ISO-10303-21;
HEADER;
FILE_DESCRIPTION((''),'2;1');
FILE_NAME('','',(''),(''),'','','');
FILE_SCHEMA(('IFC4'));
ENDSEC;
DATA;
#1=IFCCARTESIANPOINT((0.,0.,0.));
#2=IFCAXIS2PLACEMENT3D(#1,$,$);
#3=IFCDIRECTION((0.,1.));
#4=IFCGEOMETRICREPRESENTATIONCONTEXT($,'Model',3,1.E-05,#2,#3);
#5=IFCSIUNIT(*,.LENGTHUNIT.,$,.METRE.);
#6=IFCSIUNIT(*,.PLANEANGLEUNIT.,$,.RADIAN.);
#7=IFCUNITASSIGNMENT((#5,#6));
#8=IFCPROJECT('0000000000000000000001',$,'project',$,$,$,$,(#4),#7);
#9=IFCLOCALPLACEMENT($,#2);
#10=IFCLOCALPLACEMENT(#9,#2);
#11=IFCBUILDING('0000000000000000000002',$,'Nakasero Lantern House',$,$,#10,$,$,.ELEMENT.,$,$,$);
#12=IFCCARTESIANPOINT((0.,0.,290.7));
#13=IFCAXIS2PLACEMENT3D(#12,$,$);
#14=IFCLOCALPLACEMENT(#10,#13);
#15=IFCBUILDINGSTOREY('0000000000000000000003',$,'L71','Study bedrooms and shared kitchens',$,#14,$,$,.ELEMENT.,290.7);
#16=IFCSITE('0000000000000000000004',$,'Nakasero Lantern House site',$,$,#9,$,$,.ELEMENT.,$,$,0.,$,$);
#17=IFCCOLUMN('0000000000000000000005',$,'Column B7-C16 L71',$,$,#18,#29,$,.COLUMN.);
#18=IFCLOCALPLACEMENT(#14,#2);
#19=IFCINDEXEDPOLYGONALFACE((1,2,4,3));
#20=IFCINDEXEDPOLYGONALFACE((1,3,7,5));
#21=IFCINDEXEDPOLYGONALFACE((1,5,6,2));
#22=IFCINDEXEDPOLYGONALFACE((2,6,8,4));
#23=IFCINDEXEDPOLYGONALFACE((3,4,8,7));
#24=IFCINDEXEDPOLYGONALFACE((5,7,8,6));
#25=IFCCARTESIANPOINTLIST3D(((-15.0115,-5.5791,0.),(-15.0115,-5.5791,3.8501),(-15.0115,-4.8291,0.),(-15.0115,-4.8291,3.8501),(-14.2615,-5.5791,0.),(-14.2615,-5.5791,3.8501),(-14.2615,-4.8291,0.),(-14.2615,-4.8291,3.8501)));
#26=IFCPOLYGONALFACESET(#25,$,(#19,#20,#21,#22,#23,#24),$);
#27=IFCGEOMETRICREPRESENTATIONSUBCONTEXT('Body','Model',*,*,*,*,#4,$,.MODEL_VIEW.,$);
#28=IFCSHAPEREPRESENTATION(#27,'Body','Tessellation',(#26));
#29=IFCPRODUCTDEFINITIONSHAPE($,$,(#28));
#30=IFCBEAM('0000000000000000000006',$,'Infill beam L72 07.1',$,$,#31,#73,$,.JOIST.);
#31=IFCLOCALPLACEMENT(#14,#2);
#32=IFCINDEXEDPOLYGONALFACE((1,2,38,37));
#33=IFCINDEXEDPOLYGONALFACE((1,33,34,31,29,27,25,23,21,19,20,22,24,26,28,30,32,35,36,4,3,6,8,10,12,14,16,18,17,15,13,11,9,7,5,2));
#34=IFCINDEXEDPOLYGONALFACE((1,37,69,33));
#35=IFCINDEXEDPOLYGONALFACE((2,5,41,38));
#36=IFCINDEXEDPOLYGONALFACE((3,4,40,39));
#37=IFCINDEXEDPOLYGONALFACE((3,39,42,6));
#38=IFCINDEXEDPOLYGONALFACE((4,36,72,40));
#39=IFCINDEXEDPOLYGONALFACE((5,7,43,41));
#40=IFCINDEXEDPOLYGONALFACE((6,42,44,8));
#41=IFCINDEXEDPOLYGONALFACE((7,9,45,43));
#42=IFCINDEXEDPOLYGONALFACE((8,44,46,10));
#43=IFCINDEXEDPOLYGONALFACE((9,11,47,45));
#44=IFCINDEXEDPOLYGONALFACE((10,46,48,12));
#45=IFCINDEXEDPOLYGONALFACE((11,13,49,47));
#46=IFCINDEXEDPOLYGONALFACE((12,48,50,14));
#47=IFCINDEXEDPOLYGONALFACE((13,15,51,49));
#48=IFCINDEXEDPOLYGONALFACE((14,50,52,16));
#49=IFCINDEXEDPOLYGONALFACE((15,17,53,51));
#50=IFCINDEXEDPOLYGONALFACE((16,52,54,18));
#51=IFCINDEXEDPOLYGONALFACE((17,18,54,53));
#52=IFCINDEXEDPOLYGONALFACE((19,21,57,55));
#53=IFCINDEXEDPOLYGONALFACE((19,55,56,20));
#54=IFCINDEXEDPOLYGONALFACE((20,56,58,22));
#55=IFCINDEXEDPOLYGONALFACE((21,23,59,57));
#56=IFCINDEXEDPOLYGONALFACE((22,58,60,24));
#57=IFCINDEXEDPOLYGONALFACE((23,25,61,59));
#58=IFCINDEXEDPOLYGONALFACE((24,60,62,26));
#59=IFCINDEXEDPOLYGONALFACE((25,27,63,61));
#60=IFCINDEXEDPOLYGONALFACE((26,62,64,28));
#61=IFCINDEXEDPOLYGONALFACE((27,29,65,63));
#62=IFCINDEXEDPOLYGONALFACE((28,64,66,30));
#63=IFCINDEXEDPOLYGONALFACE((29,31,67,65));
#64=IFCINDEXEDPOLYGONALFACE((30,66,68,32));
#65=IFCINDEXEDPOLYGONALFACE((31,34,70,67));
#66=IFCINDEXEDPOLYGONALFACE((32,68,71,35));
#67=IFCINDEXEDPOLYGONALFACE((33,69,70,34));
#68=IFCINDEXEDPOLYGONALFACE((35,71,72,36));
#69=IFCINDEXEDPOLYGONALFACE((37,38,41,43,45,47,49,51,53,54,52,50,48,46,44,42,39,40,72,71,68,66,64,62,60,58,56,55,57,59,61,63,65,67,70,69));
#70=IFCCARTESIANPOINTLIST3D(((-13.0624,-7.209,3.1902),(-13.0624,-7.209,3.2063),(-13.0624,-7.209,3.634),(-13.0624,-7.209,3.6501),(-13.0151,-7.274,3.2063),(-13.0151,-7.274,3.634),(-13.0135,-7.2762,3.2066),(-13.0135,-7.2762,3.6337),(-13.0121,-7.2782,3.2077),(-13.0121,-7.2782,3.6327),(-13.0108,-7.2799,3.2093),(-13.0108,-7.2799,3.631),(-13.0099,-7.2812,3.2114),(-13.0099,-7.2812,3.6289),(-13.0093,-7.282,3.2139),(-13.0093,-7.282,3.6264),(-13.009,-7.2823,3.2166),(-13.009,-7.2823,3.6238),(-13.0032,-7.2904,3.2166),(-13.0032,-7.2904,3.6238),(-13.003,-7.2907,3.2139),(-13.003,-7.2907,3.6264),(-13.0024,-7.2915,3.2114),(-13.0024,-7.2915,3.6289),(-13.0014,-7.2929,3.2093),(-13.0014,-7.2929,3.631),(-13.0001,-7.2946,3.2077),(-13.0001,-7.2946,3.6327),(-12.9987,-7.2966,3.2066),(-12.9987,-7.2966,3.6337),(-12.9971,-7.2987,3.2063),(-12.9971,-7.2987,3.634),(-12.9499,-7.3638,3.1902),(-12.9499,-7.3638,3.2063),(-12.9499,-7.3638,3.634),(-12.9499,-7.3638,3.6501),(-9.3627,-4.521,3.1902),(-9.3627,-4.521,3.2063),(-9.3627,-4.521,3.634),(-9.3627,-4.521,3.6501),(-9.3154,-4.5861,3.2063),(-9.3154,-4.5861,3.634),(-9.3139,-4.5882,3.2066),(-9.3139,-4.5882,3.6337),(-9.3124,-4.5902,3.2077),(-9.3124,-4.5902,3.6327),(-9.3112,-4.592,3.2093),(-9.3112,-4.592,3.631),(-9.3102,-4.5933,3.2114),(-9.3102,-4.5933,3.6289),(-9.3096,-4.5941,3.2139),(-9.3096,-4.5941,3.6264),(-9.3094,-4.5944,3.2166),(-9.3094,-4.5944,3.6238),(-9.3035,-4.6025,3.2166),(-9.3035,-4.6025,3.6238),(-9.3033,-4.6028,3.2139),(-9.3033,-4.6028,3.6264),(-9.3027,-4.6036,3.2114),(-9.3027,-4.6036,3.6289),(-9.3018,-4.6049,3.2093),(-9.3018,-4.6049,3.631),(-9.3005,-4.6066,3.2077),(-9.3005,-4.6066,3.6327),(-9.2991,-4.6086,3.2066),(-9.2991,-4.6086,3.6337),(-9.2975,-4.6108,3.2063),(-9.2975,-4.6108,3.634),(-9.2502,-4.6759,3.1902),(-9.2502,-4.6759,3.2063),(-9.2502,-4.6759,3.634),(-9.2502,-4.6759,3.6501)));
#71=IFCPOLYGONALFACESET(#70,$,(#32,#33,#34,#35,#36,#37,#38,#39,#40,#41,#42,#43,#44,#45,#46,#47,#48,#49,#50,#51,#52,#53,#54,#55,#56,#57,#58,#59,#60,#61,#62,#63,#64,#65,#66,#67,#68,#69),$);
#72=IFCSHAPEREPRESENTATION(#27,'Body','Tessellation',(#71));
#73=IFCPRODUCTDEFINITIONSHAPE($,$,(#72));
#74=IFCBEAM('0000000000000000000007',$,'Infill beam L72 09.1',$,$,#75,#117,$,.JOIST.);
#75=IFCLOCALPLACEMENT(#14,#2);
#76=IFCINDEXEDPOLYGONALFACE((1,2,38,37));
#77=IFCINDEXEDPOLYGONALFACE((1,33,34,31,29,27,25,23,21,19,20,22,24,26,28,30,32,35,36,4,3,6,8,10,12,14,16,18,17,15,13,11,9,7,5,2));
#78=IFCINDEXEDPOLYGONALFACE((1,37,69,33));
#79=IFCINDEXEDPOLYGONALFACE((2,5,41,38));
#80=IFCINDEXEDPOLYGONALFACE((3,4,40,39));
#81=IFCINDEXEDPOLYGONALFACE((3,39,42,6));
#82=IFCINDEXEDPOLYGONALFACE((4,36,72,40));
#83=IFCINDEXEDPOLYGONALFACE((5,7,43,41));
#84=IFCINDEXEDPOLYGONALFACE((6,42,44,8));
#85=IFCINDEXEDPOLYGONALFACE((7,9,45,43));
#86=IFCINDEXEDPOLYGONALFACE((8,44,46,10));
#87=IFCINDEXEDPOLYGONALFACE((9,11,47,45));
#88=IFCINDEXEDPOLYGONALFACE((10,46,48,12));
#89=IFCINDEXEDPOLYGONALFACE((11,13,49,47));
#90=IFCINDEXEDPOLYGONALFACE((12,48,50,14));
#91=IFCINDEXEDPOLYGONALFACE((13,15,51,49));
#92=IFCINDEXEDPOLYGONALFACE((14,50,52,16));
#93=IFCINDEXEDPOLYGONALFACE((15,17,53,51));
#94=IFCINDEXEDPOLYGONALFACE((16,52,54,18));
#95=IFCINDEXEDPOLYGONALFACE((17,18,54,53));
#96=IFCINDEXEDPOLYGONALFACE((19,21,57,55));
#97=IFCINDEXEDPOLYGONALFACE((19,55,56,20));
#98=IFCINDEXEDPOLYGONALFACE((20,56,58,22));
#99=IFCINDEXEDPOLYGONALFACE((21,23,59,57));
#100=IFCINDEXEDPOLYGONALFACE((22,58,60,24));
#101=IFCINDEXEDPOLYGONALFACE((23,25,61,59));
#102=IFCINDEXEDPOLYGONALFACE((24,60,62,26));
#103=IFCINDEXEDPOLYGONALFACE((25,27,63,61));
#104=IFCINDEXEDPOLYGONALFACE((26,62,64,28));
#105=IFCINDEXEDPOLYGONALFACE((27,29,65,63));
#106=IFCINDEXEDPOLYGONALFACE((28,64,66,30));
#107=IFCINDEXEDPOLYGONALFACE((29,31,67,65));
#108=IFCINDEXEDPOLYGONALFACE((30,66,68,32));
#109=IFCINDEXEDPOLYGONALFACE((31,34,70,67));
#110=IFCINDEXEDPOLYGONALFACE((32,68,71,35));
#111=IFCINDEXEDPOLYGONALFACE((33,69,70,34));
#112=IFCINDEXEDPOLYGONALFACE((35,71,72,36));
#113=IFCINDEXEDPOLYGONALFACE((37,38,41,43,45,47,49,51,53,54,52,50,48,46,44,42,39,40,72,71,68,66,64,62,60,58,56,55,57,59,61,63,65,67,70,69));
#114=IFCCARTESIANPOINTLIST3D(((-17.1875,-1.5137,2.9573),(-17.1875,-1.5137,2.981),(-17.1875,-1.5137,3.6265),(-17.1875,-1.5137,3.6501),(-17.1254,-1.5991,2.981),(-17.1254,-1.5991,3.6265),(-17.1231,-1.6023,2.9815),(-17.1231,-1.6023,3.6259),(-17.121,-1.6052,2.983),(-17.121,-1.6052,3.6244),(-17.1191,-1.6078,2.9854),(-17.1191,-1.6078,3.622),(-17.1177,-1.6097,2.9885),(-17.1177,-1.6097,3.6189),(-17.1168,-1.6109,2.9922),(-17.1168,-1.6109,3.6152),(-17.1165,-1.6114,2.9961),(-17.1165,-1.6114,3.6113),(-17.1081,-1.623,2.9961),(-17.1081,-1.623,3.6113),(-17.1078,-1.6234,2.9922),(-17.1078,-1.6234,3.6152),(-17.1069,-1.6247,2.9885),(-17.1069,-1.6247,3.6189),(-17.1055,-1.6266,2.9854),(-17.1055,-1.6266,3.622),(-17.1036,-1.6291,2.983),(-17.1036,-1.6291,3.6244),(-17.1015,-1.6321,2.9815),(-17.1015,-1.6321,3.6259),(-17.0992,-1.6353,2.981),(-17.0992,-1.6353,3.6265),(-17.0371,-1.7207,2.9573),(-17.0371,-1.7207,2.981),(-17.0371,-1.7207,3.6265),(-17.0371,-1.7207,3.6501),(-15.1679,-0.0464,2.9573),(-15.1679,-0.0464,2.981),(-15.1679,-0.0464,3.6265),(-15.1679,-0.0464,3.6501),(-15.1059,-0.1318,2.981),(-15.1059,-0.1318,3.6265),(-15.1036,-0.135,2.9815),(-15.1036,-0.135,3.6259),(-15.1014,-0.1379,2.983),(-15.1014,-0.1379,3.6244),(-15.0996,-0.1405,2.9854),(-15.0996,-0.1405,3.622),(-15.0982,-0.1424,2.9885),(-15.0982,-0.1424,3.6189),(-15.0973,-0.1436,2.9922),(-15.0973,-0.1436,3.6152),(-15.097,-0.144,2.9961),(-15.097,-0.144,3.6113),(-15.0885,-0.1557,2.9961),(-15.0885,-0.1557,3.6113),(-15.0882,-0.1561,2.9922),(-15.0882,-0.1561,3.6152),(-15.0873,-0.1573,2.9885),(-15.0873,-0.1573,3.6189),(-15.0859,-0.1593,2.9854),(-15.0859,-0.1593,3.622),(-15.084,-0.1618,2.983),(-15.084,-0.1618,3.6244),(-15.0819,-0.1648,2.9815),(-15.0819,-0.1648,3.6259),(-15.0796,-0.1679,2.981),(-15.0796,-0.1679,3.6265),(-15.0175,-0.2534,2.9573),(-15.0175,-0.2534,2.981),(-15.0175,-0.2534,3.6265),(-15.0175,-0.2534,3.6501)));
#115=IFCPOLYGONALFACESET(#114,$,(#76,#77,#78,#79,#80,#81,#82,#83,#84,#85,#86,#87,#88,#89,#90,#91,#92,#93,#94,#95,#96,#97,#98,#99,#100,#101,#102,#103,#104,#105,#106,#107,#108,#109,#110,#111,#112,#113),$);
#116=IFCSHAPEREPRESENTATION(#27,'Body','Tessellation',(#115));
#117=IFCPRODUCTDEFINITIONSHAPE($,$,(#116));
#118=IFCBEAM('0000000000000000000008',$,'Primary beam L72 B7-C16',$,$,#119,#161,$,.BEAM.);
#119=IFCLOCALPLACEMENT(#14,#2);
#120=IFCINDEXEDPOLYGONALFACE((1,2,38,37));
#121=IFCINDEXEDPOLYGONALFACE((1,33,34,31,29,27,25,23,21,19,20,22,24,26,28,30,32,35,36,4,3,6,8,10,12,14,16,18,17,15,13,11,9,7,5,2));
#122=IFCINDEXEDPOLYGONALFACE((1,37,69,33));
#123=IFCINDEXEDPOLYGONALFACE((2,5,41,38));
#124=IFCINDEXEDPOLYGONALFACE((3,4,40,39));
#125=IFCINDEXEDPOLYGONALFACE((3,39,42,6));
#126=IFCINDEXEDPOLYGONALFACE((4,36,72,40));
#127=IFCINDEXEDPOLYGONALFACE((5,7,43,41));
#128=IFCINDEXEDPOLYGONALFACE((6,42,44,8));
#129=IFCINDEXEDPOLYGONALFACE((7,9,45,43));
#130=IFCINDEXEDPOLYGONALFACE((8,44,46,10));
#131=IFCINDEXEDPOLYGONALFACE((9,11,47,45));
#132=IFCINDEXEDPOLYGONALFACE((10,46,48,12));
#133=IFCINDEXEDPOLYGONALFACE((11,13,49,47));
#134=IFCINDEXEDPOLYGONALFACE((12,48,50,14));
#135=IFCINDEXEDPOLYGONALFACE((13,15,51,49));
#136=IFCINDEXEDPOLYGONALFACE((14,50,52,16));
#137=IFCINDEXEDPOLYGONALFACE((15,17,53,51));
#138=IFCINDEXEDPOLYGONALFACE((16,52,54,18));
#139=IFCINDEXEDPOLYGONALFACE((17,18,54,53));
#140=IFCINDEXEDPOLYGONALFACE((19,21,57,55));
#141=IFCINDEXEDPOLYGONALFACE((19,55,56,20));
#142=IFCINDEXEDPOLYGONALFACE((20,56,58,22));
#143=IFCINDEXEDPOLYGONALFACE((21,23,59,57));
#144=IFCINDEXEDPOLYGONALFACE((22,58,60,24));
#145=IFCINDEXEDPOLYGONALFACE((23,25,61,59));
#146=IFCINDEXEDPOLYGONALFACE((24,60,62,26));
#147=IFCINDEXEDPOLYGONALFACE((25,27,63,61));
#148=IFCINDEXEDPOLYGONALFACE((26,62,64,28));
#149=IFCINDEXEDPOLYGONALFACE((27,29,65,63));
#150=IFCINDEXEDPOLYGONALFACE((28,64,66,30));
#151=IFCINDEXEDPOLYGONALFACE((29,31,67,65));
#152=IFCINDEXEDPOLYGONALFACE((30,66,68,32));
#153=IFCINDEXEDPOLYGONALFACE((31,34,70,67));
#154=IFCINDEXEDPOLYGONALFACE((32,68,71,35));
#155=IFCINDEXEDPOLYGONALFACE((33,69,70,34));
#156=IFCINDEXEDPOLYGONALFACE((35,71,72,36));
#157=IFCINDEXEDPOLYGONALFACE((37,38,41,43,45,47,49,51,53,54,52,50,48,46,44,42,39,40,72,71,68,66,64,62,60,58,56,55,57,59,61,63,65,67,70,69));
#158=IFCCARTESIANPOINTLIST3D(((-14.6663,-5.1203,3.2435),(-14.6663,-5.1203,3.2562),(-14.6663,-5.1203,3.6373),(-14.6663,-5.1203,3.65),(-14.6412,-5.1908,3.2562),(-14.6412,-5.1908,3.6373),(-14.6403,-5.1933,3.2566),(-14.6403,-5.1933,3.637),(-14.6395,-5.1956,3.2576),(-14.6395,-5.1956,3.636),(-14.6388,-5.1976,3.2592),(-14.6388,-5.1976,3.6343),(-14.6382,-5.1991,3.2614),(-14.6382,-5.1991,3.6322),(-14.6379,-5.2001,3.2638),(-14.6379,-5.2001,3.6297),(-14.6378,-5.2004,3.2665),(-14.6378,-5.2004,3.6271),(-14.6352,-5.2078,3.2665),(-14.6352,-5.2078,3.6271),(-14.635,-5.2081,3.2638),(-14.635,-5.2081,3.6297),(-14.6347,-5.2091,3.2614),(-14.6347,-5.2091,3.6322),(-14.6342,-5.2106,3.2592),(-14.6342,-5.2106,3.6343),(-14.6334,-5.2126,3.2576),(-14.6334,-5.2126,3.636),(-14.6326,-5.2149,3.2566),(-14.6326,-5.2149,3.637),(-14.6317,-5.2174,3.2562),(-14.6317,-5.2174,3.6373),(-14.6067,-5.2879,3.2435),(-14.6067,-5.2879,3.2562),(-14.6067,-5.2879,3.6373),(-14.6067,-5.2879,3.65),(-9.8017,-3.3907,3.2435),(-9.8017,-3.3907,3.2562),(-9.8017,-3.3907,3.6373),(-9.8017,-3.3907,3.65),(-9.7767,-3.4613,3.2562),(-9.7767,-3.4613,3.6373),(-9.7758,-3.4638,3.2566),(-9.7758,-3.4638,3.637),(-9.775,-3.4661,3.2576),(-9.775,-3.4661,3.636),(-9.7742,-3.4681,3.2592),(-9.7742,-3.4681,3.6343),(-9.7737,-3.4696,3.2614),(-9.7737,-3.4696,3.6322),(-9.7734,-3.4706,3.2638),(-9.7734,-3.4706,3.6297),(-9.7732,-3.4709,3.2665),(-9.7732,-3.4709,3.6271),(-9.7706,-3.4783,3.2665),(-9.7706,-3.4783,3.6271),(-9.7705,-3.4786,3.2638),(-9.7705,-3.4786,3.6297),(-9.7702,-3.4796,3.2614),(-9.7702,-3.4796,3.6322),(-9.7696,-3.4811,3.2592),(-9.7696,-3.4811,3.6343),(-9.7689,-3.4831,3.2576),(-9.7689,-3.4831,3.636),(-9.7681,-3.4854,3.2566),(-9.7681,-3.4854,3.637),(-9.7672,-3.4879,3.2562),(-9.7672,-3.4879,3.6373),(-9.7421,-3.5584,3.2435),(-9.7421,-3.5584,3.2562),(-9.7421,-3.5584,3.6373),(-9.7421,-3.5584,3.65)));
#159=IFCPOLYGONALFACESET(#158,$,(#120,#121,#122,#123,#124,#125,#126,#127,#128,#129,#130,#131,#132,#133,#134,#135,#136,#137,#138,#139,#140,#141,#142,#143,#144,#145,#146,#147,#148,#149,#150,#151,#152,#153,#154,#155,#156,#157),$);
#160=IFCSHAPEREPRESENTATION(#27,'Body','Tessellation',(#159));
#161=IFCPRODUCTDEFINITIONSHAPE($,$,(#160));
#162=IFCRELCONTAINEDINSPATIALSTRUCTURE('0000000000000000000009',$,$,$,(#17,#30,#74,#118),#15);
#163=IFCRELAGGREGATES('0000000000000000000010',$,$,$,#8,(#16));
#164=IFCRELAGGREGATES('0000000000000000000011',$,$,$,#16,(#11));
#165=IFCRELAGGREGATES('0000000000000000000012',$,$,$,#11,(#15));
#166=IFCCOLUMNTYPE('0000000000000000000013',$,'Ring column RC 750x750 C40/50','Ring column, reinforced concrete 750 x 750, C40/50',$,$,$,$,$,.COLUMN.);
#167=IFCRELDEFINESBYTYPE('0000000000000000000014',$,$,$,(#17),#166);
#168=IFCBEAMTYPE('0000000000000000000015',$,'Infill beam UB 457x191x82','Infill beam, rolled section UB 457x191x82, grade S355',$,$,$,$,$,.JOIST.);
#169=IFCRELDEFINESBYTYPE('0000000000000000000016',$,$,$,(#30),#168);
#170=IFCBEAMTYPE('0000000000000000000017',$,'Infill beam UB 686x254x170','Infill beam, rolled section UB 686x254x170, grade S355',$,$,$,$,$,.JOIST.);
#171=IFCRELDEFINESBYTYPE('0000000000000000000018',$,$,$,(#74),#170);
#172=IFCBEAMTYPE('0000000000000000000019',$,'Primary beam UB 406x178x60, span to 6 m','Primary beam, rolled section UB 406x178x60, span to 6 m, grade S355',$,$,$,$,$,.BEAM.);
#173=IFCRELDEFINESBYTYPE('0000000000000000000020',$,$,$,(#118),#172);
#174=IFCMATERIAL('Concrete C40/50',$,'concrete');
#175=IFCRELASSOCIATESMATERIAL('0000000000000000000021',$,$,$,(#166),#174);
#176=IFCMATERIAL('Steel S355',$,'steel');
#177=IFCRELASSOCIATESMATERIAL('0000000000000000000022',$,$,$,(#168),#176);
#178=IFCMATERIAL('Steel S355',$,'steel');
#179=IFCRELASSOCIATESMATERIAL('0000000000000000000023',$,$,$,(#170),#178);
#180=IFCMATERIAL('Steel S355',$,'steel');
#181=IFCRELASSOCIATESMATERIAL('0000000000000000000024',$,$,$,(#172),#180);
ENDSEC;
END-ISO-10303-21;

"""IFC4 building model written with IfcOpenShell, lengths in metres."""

from ifc_helpers import new_model, si_unit, direction, frame, origin, origin_2d, place, context, subcontext, project, spatial, rectangle, i_section, extrude, material, material_profile, profile_set, type_object, element, save


model = new_model("IFC4")

# Units and contexts
model_context = context("Model", 3, precision=1e-05, world=origin(), true_north=direction((0.0, 1.0)))
body_context = subcontext(model_context, "Body", "Model", "MODEL_VIEW")
ifc_project = project(units=[si_unit("LENGTHUNIT", "METRE"), si_unit("PLANEANGLEUNIT", "RADIAN")], contexts=[model_context])

# Site, building, storey
site_placement = place(None, origin())
site = spatial("IfcSite", under=ifc_project, at=site_placement, Name="Nakasero Lantern House site", CompositionType="ELEMENT", RefElevation=0.0)
building_placement = place(site_placement, origin())
building = spatial("IfcBuilding", under=site, at=building_placement, Name="Nakasero Lantern House", CompositionType="ELEMENT")
storey_placement = place(building_placement, frame((0.0, 0.0, 290.7)))
storey = spatial("IfcBuildingStorey", under=building, at=storey_placement, Name="L71", Description="Study bedrooms and shared kitchens", CompositionType="ELEMENT", Elevation=290.7)

# Column
ifc_material_1 = material(Name="Concrete C40/50", Category="concrete")
ifc_material_profile_1 = material_profile(ifc_material_1, rectangle(XDim=0.75, YDim=0.75, at=origin_2d()), Name="RC 750x750")
ifc_profile_set_1 = profile_set([ifc_material_profile_1], Name="Concrete C40/50")
column_type = type_object("IfcColumnType", Name="Ring column RC 750x750 C40/50", Description="Ring column, reinforced concrete 750 x 750, C40/50", PredefinedType="COLUMN", material=ifc_profile_set_1)
column_placement = place(storey_placement, frame((-14.6365, -5.2041, 0.0), z_axis=(0.0, 0.0, 1.0), x_axis=(1.0, 0.0, 0.0)))
element("IfcColumn", 1, at=column_placement, inside=storey, type_object=column_type, Name="Column B7-C16 L71", PredefinedType="COLUMN", context=body_context, shape_type="SweptSolid", body=[
    extrude(rectangle(XDim=0.75, YDim=0.75, at=origin_2d()), origin(), (0.0, 0.0, 1.0), 3.8501),
])

# Beams
ifc_material_2 = material(Name="Steel S355", Category="steel")
ifc_material_profile_2 = material_profile(ifc_material_2, i_section(OverallWidth=0.1914, OverallDepth=0.46, WebThickness=0.01, FlangeThickness=0.0161, FilletRadius=0.0103, at=origin_2d()), Name="UB 457x191x82")
ifc_profile_set_2 = profile_set([ifc_material_profile_2], Name="Steel S355")
beam_type_1 = type_object("IfcBeamType", Name="Infill beam UB 457x191x82", Description="Infill beam, rolled section UB 457x191x82, grade S355", PredefinedType="JOIST", material=ifc_profile_set_2)
beam_1_placement = place(storey_placement, frame((-13.0061, -7.2864, 3.4202), z_axis=(0.809018, 0.587784, 0.0), x_axis=(-0.587784, 0.809018, 0.0)))
element("IfcBeam", 2, at=beam_1_placement, inside=storey, type_object=beam_type_1, Name="Infill beam L72 07.1", PredefinedType="JOIST", context=body_context, shape_type="SweptSolid", body=[
    extrude(i_section(OverallWidth=0.1914, OverallDepth=0.46, WebThickness=0.01, FlangeThickness=0.0161, FilletRadius=0.0103, at=origin_2d()), origin(), (0.0, 0.0, 1.0), 4.573),
])
ifc_material_3 = material(Name="Steel S355", Category="steel")
ifc_material_profile_3 = material_profile(ifc_material_3, i_section(OverallWidth=0.2559, OverallDepth=0.6929, WebThickness=0.0144, FlangeThickness=0.0237, FilletRadius=0.0151, at=origin_2d()), Name="UB 686x254x170")
ifc_profile_set_3 = profile_set([ifc_material_profile_3], Name="Steel S355")
beam_type_2 = type_object("IfcBeamType", Name="Infill beam UB 686x254x170", Description="Infill beam, rolled section UB 686x254x170, grade S355", PredefinedType="JOIST", material=ifc_profile_set_3)
beam_2_placement = place(storey_placement, frame((-17.1123, -1.6172, 3.3037), z_axis=(0.809015, 0.587788, 0.0), x_axis=(-0.587788, 0.809015, 0.0)))
element("IfcBeam", 3, at=beam_2_placement, inside=storey, type_object=beam_type_2, Name="Infill beam L72 09.1", PredefinedType="JOIST", context=body_context, shape_type="SweptSolid", body=[
    extrude(i_section(OverallWidth=0.2559, OverallDepth=0.6929, WebThickness=0.0144, FlangeThickness=0.0237, FilletRadius=0.0151, at=origin_2d()), origin(), (0.0, 0.0, 1.0), 2.4963),
])
ifc_material_4 = material(Name="Steel S355", Category="steel")
ifc_material_profile_4 = material_profile(ifc_material_4, i_section(OverallWidth=0.178, OverallDepth=0.4065, WebThickness=0.0078, FlangeThickness=0.0127, FilletRadius=0.0103, at=origin_2d()), Name="UB 406x178x60")
ifc_profile_set_4 = profile_set([ifc_material_profile_4], Name="Steel S355")
beam_type_3 = type_object("IfcBeamType", Name="Primary beam UB 406x178x60, span to 6 m", Description="Primary beam, rolled section UB 406x178x60, span to 6 m, grade S355", PredefinedType="BEAM", material=ifc_profile_set_4)
beam_3_placement = place(storey_placement, frame((-14.6365, -5.2041, 3.4468), z_axis=(0.942221, 0.334991, 0.0), x_axis=(-0.334991, 0.942221, 0.0)))
element("IfcBeam", 4, at=beam_3_placement, inside=storey, type_object=beam_type_3, Name="Primary beam L72 B7-C16", PredefinedType="BEAM", context=body_context, shape_type="SweptSolid", body=[
    extrude(i_section(OverallWidth=0.178, OverallDepth=0.4065, WebThickness=0.0078, FlangeThickness=0.0127, FilletRadius=0.0103, at=origin_2d()), origin(), (0.0, 0.0, 1.0), 5.1628),
])

save(model, "model.ifc")
